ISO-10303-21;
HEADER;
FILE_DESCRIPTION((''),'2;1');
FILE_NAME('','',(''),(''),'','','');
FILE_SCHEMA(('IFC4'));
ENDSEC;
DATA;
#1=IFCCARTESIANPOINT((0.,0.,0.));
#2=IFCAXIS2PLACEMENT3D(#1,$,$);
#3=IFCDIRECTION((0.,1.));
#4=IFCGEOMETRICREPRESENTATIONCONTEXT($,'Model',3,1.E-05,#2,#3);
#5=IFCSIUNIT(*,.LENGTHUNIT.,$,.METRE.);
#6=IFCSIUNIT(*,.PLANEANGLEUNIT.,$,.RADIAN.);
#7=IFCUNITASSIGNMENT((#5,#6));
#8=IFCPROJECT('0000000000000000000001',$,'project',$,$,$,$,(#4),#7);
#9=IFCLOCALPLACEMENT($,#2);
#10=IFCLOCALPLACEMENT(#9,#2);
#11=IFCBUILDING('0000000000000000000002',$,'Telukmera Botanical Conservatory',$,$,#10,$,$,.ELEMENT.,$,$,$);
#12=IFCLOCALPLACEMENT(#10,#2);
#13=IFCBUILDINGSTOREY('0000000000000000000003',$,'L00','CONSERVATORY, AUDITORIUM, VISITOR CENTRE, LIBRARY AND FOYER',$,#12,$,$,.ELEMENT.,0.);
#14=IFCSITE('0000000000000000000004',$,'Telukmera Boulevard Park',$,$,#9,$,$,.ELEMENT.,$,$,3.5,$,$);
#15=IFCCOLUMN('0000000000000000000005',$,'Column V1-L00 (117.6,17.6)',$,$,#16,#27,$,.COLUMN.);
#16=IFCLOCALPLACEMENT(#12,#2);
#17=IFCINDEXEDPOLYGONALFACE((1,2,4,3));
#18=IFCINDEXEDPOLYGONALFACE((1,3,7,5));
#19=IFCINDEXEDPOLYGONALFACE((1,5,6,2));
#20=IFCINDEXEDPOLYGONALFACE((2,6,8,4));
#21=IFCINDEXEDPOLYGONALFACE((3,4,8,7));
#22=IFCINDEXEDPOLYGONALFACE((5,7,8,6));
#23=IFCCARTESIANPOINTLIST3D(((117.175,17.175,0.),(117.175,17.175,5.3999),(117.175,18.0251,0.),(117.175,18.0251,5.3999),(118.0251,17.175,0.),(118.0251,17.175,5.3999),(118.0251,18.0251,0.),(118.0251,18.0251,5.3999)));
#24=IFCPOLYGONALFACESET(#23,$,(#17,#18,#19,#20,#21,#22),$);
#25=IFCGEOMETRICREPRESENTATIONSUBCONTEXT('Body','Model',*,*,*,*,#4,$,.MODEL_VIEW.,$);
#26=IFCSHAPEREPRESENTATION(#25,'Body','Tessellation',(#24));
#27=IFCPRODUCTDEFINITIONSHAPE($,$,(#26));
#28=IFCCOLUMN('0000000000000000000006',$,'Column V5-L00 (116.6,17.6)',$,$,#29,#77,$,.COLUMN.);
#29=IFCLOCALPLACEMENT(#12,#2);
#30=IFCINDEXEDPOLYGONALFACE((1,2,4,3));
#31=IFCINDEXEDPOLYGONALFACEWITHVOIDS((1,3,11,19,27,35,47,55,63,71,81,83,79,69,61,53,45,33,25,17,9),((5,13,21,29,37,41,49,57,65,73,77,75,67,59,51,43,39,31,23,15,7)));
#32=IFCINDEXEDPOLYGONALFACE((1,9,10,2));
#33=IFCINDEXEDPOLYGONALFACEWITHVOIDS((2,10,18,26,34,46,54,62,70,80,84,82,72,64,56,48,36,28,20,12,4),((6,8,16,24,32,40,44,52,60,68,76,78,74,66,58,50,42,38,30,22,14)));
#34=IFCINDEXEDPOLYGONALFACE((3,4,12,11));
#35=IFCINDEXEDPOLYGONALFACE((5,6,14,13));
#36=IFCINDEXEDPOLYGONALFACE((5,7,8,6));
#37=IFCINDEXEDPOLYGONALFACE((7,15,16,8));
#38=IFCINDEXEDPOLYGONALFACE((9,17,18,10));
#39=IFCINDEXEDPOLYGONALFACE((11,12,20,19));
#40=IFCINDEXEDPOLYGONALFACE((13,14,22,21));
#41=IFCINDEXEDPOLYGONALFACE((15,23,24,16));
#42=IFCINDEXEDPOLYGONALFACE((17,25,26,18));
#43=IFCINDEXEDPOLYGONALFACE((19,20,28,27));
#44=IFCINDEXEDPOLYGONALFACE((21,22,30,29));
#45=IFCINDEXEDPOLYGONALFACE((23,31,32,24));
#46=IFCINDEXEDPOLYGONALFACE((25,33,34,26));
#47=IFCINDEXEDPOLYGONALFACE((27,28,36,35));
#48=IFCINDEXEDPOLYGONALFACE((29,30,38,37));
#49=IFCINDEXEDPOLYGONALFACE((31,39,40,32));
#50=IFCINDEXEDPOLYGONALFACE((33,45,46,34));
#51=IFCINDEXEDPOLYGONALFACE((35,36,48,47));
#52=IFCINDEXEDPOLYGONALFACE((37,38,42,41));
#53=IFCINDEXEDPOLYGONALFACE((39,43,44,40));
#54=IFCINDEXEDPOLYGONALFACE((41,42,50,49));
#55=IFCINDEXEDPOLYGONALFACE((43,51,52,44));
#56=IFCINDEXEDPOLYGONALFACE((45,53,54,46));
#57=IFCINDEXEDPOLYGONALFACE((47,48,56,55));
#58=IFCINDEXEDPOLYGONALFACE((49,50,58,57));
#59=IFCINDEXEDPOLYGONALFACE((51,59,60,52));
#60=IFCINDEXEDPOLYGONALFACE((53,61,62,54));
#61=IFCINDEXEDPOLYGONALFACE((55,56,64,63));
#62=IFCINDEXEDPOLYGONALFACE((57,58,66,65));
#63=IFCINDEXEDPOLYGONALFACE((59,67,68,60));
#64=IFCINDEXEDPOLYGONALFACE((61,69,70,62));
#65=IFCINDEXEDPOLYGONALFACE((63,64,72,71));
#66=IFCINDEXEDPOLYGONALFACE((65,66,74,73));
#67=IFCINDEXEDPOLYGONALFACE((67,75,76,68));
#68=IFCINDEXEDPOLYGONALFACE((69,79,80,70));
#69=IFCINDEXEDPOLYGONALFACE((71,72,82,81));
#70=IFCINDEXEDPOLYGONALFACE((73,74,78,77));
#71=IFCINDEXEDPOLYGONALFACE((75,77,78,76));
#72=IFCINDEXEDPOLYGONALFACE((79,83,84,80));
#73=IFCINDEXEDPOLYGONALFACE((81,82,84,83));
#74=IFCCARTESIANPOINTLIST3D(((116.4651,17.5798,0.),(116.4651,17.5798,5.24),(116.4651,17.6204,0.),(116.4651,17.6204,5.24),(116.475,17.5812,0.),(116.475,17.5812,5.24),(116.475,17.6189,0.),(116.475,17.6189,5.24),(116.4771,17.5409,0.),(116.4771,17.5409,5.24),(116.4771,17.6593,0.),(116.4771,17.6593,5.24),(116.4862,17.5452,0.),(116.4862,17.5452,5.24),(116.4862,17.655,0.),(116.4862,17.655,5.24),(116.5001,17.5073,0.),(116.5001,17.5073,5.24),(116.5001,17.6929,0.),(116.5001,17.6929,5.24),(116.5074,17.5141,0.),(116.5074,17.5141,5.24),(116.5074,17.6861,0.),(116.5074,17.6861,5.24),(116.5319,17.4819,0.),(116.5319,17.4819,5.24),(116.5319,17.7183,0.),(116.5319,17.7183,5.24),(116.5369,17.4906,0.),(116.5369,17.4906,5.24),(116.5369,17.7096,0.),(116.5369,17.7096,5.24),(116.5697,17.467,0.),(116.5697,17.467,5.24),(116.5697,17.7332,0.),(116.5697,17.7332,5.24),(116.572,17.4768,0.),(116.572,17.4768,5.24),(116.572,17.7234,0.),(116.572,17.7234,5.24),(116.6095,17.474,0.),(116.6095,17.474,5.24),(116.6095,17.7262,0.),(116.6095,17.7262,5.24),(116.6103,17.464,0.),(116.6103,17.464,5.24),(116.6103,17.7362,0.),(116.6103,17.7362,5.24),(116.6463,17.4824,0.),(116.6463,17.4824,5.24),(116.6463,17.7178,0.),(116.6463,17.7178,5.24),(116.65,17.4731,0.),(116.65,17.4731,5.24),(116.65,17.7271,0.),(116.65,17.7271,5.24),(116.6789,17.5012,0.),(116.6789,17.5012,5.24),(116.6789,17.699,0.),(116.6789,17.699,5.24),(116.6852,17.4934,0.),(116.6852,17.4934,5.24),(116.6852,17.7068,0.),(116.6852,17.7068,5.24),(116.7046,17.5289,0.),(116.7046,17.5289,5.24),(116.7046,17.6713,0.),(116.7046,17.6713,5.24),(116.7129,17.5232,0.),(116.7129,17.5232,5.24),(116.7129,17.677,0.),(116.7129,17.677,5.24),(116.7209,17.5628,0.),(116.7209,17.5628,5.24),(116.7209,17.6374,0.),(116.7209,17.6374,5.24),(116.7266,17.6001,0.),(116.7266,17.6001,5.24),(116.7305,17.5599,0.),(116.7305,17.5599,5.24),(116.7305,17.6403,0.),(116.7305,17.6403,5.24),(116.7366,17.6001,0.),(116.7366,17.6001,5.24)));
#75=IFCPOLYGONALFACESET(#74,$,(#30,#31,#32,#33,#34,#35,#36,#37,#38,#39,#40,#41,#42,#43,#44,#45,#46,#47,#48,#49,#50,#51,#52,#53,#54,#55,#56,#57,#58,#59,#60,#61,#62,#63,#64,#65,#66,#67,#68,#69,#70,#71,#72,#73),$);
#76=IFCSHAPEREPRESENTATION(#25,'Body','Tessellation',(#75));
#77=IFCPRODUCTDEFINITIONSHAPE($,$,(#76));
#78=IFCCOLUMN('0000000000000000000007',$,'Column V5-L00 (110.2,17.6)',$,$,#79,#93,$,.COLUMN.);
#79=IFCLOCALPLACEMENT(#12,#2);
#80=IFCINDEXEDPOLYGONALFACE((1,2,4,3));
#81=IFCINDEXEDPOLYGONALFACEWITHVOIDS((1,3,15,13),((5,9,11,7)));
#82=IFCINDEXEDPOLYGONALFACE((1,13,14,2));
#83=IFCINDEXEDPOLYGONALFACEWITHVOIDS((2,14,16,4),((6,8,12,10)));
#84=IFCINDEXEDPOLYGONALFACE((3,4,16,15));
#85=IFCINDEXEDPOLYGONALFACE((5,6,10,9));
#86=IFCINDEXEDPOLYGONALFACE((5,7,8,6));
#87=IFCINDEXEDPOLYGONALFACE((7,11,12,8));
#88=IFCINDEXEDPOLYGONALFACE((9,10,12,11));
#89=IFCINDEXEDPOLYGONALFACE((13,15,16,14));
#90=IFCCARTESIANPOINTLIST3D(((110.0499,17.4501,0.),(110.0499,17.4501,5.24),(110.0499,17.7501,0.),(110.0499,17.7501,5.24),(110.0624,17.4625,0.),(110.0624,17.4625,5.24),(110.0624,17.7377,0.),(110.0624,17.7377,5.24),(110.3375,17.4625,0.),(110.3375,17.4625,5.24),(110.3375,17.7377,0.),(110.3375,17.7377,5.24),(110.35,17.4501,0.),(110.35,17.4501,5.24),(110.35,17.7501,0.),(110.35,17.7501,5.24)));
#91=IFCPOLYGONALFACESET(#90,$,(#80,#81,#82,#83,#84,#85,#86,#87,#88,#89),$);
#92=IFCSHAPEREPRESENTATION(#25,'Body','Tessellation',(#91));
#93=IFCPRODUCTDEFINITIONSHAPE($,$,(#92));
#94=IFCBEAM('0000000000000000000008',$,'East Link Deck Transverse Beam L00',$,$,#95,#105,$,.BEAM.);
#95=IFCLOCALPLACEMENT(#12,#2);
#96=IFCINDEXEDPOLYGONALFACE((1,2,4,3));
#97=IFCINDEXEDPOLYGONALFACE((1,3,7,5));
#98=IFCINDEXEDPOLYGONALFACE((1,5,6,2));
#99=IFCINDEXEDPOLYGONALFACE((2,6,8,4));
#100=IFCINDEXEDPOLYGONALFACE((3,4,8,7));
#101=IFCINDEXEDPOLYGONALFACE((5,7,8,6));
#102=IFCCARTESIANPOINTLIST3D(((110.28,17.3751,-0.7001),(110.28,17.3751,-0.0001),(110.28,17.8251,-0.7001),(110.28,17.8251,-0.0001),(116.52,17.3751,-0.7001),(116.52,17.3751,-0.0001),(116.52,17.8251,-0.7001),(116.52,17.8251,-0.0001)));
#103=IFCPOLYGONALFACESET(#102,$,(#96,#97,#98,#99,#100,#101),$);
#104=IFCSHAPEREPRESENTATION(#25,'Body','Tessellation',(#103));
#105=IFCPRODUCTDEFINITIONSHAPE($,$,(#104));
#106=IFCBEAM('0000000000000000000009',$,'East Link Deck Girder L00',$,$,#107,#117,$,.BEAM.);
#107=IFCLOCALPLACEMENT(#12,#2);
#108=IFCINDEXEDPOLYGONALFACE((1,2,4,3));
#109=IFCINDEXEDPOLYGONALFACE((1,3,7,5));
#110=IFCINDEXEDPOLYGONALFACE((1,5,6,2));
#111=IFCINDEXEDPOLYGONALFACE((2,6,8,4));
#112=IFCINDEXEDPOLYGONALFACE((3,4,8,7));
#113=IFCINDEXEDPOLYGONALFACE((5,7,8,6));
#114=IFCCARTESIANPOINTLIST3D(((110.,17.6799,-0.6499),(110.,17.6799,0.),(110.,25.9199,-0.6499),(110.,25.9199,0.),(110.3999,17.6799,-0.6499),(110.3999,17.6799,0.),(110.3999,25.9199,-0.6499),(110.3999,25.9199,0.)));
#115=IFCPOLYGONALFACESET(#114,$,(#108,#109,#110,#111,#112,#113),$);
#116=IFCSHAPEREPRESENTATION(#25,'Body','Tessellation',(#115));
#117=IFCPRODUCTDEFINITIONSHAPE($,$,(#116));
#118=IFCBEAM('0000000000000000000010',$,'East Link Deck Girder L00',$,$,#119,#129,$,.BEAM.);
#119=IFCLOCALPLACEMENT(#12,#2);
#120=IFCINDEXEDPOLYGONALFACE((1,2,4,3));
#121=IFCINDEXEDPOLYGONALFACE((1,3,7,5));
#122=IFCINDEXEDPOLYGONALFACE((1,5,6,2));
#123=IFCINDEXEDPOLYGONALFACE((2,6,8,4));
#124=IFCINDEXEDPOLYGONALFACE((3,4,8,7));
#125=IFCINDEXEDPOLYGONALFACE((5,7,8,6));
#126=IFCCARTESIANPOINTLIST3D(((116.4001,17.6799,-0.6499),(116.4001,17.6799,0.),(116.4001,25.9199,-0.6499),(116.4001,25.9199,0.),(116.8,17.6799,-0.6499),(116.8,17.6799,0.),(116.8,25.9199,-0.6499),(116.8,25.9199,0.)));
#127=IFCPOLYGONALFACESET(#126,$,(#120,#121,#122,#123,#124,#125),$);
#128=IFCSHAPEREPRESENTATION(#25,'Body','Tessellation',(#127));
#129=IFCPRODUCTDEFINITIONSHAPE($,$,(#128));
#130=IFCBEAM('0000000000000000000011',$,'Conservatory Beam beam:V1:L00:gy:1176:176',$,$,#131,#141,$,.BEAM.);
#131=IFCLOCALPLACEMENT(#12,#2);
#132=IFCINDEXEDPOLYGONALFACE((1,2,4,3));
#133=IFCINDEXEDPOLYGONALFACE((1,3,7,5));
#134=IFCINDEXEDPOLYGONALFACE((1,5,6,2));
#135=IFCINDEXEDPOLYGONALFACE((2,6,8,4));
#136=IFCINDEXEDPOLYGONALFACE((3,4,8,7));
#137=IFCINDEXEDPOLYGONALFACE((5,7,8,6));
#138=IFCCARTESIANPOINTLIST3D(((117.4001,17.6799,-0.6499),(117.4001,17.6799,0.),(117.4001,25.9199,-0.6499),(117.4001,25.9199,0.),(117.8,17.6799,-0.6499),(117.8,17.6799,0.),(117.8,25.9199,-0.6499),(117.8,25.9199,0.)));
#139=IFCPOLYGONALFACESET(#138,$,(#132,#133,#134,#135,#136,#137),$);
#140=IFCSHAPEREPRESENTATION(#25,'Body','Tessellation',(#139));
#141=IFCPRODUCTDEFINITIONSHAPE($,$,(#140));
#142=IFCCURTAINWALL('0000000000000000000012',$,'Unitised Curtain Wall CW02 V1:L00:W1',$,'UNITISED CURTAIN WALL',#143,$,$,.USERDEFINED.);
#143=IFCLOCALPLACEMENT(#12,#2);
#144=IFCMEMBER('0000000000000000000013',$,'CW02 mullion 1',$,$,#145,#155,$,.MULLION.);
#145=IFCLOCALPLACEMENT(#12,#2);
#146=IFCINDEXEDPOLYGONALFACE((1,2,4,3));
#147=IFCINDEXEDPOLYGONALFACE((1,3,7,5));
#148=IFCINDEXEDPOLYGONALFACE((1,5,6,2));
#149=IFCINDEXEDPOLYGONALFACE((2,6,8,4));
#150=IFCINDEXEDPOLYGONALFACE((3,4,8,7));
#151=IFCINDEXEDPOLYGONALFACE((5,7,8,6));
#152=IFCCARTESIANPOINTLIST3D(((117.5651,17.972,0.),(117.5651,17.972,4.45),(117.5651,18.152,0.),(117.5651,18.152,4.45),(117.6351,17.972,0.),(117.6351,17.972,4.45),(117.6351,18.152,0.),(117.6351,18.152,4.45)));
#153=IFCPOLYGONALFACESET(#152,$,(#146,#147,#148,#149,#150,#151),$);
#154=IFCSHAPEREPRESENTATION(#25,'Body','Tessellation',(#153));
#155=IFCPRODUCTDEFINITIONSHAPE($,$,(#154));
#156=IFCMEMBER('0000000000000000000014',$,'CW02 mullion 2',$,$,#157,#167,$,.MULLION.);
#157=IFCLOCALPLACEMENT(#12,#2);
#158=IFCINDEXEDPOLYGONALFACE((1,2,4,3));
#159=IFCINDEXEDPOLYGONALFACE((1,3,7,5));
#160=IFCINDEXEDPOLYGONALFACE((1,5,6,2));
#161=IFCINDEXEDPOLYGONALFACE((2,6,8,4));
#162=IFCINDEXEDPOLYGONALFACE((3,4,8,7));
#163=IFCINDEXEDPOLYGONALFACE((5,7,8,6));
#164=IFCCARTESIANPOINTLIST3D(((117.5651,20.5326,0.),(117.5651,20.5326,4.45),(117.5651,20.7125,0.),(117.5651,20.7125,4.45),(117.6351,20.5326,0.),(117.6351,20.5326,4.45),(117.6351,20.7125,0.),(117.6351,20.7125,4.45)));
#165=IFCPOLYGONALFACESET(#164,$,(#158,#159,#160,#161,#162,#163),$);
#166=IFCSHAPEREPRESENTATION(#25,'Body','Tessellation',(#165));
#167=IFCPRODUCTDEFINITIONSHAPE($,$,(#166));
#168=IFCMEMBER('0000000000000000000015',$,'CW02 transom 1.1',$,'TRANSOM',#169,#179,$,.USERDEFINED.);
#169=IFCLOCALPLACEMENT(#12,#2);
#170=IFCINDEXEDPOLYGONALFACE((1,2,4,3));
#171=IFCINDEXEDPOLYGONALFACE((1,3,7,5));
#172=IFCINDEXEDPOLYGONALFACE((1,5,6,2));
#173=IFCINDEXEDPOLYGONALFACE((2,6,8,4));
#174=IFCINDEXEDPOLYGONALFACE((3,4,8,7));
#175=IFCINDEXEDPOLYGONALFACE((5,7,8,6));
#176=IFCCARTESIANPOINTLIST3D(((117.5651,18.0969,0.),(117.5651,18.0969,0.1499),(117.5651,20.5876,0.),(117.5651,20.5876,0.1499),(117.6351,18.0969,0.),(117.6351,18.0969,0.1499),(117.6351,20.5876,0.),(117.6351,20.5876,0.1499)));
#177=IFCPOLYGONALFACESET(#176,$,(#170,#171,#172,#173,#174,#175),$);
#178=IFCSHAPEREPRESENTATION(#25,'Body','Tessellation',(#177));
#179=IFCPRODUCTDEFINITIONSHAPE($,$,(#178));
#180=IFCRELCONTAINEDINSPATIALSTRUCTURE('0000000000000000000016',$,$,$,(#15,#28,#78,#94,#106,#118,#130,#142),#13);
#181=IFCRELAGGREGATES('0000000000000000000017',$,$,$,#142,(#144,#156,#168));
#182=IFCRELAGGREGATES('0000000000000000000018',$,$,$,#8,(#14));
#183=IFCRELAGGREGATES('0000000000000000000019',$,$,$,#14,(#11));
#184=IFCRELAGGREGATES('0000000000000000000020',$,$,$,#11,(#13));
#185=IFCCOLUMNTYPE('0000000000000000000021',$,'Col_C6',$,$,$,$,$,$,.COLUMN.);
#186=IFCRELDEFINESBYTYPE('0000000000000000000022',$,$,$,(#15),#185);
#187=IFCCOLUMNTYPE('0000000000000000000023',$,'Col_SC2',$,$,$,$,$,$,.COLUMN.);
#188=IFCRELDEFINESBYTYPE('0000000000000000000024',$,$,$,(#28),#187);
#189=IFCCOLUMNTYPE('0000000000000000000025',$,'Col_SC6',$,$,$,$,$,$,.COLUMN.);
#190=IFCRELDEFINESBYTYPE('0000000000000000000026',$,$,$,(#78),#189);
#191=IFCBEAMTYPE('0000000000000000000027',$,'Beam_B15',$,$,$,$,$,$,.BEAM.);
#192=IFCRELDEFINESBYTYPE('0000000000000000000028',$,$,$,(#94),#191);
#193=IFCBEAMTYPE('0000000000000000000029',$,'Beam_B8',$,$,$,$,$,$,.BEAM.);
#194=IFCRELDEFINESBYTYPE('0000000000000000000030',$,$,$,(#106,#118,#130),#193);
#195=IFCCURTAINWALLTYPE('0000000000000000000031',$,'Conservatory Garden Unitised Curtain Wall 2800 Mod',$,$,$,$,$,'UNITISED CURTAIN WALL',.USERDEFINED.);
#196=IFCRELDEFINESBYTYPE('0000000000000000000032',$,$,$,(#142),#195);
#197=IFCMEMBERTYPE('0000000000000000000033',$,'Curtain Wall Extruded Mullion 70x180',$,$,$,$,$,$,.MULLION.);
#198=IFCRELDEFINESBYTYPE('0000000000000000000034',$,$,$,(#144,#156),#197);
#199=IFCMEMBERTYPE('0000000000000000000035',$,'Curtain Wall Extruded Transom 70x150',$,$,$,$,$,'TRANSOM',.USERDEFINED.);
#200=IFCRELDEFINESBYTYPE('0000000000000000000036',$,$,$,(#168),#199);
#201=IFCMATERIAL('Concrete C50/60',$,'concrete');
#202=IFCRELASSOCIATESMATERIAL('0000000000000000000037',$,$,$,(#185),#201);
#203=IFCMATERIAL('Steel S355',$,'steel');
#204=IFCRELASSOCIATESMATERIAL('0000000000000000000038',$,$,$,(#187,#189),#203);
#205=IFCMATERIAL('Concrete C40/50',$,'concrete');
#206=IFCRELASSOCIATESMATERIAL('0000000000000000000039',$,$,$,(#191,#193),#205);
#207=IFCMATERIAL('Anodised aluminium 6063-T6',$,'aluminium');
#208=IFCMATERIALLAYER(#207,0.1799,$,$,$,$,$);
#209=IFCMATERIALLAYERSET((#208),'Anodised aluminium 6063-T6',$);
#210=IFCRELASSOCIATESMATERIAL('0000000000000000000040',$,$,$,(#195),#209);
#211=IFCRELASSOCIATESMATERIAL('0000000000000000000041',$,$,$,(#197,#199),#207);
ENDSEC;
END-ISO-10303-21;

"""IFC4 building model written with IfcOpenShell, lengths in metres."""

from ifc_helpers import new_model, si_unit, direction, frame, origin, origin_2d, place, context, subcontext, project, spatial, rectangle, hollow_rectangle, hollow_circle, extrude, material, layer, layer_set, material_profile, profile_set, type_object, element, aggregate, save


model = new_model("IFC4")

# Units and contexts
model_context = context("Model", 3, precision=1e-05, world=origin(), true_north=direction((0.0, 1.0)))
body_context = subcontext(model_context, "Body", "Model", "MODEL_VIEW")
ifc_project = project(units=[si_unit("LENGTHUNIT", "METRE"), si_unit("PLANEANGLEUNIT", "RADIAN")], contexts=[model_context])

# Site, building, storey
site_placement = place(None, origin())
site = spatial("IfcSite", under=ifc_project, at=site_placement, Name="Telukmera Boulevard Park", CompositionType="ELEMENT", RefElevation=3.5)
building_placement = place(site_placement, origin())
building = spatial("IfcBuilding", under=site, at=building_placement, Name="Telukmera Botanical Conservatory", CompositionType="ELEMENT")
storey_placement = place(building_placement, origin())
storey = spatial("IfcBuildingStorey", under=building, at=storey_placement, Name="L00", Description="CONSERVATORY, AUDITORIUM, VISITOR CENTRE, LIBRARY AND FOYER", CompositionType="ELEMENT", Elevation=0.0)

# Columns
ifc_material_1 = material(Name="Concrete C50/60", Category="concrete")
ifc_material_profile_1 = material_profile(ifc_material_1, rectangle(XDim=0.8501, YDim=0.8501, at=origin_2d()), Name="RC 850x850")
ifc_profile_set_1 = profile_set([ifc_material_profile_1], Name="Concrete C50/60")
column_type_1 = type_object("IfcColumnType", Name="Col_C6", PredefinedType="COLUMN", material=ifc_profile_set_1)
column_1_placement = place(storey_placement, frame((117.6001, 17.6001, 0.0), z_axis=(0.0, 0.0, 1.0), x_axis=(1.0, 0.0, 0.0)))
element("IfcColumn", 1, at=column_1_placement, inside=storey, type_object=column_type_1, Name="Column V1-L00 (117.6,17.6)", PredefinedType="COLUMN", context=body_context, shape_type="SweptSolid", body=[
    extrude(rectangle(XDim=0.8501, YDim=0.8501, at=origin_2d()), origin(), (0.0, 0.0, 1.0), 5.3999),
])
ifc_material_2 = material(Name="Steel S355", Category="steel")
ifc_material_profile_2 = material_profile(ifc_material_2, hollow_circle(Radius=0.1365, WallThickness=0.01, at=origin_2d()), Name="CHS 273.0x10.0")
ifc_profile_set_2 = profile_set([ifc_material_profile_2], Name="Steel S355")
column_type_2 = type_object("IfcColumnType", Name="Col_SC2", PredefinedType="COLUMN", material=ifc_profile_set_2)
column_2_placement = place(storey_placement, frame((116.6001, 17.6001, 0.0), z_axis=(0.0, 0.0, 1.0), x_axis=(1.0, 0.0, 0.0)))
element("IfcColumn", 2, at=column_2_placement, inside=storey, type_object=column_type_2, Name="Column V5-L00 (116.6,17.6)", PredefinedType="COLUMN", context=body_context, shape_type="SweptSolid", body=[
    extrude(hollow_circle(Radius=0.1365, WallThickness=0.01, at=origin_2d()), origin(), (0.0, 0.0, 1.0), 5.24),
])
ifc_material_profile_3 = material_profile(ifc_material_2, hollow_rectangle(XDim=0.3, YDim=0.3, WallThickness=0.0125, at=origin_2d()), Name="SHS 300x300x12.5")
ifc_profile_set_3 = profile_set([ifc_material_profile_3], Name="Steel S355")
column_type_3 = type_object("IfcColumnType", Name="Col_SC6", PredefinedType="COLUMN", material=ifc_profile_set_3)
column_3_placement = place(storey_placement, frame((110.2, 17.6001, 0.0), z_axis=(0.0, 0.0, 1.0), x_axis=(1.0, 0.0, 0.0)))
element("IfcColumn", 3, at=column_3_placement, inside=storey, type_object=column_type_3, Name="Column V5-L00 (110.2,17.6)", PredefinedType="COLUMN", context=body_context, shape_type="SweptSolid", body=[
    extrude(hollow_rectangle(XDim=0.3, YDim=0.3, WallThickness=0.0125, at=origin_2d()), origin(), (0.0, 0.0, 1.0), 5.24),
])

# Beams
ifc_material_3 = material(Name="Concrete C40/50", Category="concrete")
ifc_material_profile_4 = material_profile(ifc_material_3, rectangle(XDim=0.45, YDim=0.7, at=origin_2d()), Name="RC 450x700")
ifc_profile_set_4 = profile_set([ifc_material_profile_4], Name="Concrete C40/50")
beam_type_1 = type_object("IfcBeamType", Name="Beam_B15", PredefinedType="BEAM", material=ifc_profile_set_4)
beam_placement = place(storey_placement, frame((110.28, 17.6001, -0.3501), z_axis=(1.0, 0.0, 0.0), x_axis=(0.0, 1.0, 0.0)))
element("IfcBeam", 4, at=beam_placement, inside=storey, type_object=beam_type_1, Name="East Link Deck Transverse Beam L00", PredefinedType="BEAM", context=body_context, shape_type="SweptSolid", body=[
    extrude(rectangle(XDim=0.45, YDim=0.7, at=origin_2d()), origin(), (0.0, 0.0, 1.0), 6.24),
])
ifc_material_profile_5 = material_profile(ifc_material_3, rectangle(XDim=0.3999, YDim=0.6499, at=origin_2d()), Name="RC 400x650")
ifc_profile_set_5 = profile_set([ifc_material_profile_5], Name="Concrete C40/50")
beam_type_2 = type_object("IfcBeamType", Name="Beam_B8", PredefinedType="BEAM", material=ifc_profile_set_5)
for number, where, z_axis, x_axis, name in (
    (5, (110.2, 17.6799, -0.325), (0.0, 1.0, 0.0), (-1.0, 0.0, 0.0), "East Link Deck Girder L00"),
    (6, (116.6001, 17.6799, -0.325), (0.0, 1.0, 0.0), (-1.0, 0.0, 0.0), "East Link Deck Girder L00"),
    (7, (117.6001, 17.6799, -0.325), (0.0, 1.0, 0.0), (-1.0, 0.0, 0.0), "Conservatory Beam beam:V1:L00:gy:1176:176"),
):
    element("IfcBeam", number, at=place(storey_placement, frame(where, z_axis=z_axis, x_axis=x_axis)), inside=storey, type_object=beam_type_2, Name=name, PredefinedType="BEAM", context=body_context, shape_type="SweptSolid", body=[
        extrude(rectangle(XDim=0.3999, YDim=0.6499, at=origin_2d()), origin(), (0.0, 0.0, 1.0), 8.24),
    ])

# Curtain wall, members
ifc_material_4 = material(Name="Anodised aluminium 6063-T6", Category="aluminium")
ifc_layer_1 = layer(ifc_material_4, 0.1799)
ifc_layer_set_1 = layer_set([ifc_layer_1], Name="Anodised aluminium 6063-T6")
curtain_wall_type = type_object("IfcCurtainWallType", Name="Conservatory Garden Unitised Curtain Wall 2800 Mod", ElementType="UNITISED CURTAIN WALL", PredefinedType="USERDEFINED", material=ifc_layer_set_1)
curtain_wall_placement = place(storey_placement, origin())
curtain_wall = element("IfcCurtainWall", 8, at=curtain_wall_placement, inside=storey, type_object=curtain_wall_type, Name="Unitised Curtain Wall CW02 V1:L00:W1", ObjectType="UNITISED CURTAIN WALL", PredefinedType="USERDEFINED")
ifc_material_profile_6 = material_profile(ifc_material_4, rectangle(XDim=0.0701, YDim=0.1799, at=origin_2d()), Name="ALU MULL 70x180")
ifc_profile_set_6 = profile_set([ifc_material_profile_6], Name="Anodised aluminium 6063-T6")
member_type_1 = type_object("IfcMemberType", Name="Curtain Wall Extruded Mullion 70x180", PredefinedType="MULLION", material=ifc_profile_set_6)
member_1_placement = place(storey_placement, frame((117.6001, 18.062, 0.0), z_axis=(0.0, 0.0, 1.0), x_axis=(-1.0, 0.0, 0.0)))
member_1 = element("IfcMember", 9, at=member_1_placement, type_object=member_type_1, Name="CW02 mullion 1", PredefinedType="MULLION", context=body_context, shape_type="SweptSolid", body=[
    extrude(rectangle(XDim=0.0701, YDim=0.1799, at=origin_2d()), origin(), (0.0, 0.0, 1.0), 4.45),
])
member_2_placement = place(storey_placement, frame((117.6001, 20.6226, 0.0), z_axis=(0.0, 0.0, 1.0), x_axis=(-1.0, 0.0, 0.0)))
member_2 = element("IfcMember", 10, at=member_2_placement, type_object=member_type_1, Name="CW02 mullion 2", PredefinedType="MULLION", context=body_context, shape_type="SweptSolid", body=[
    extrude(rectangle(XDim=0.0701, YDim=0.1799, at=origin_2d()), origin(), (0.0, 0.0, 1.0), 4.45),
])
ifc_material_profile_7 = material_profile(ifc_material_4, rectangle(XDim=0.0701, YDim=0.1499, at=origin_2d()), Name="ALU TRAN 70x150")
ifc_profile_set_7 = profile_set([ifc_material_profile_7], Name="Anodised aluminium 6063-T6")
member_type_2 = type_object("IfcMemberType", Name="Curtain Wall Extruded Transom 70x150", ElementType="TRANSOM", PredefinedType="USERDEFINED", material=ifc_profile_set_7)
member_3_placement = place(storey_placement, frame((117.6001, 18.0969, 0.075), z_axis=(0.0, 1.0, 0.0), x_axis=(-1.0, 0.0, 0.0)))
member_3 = element("IfcMember", 11, at=member_3_placement, type_object=member_type_2, Name="CW02 transom 1.1", ObjectType="TRANSOM", PredefinedType="USERDEFINED", context=body_context, shape_type="SweptSolid", body=[
    extrude(rectangle(XDim=0.0701, YDim=0.1499, at=origin_2d()), origin(), (0.0, 0.0, 1.0), 2.4907),
])

aggregate(curtain_wall, [member_1, member_2, member_3])

save(model, "model.ifc")
